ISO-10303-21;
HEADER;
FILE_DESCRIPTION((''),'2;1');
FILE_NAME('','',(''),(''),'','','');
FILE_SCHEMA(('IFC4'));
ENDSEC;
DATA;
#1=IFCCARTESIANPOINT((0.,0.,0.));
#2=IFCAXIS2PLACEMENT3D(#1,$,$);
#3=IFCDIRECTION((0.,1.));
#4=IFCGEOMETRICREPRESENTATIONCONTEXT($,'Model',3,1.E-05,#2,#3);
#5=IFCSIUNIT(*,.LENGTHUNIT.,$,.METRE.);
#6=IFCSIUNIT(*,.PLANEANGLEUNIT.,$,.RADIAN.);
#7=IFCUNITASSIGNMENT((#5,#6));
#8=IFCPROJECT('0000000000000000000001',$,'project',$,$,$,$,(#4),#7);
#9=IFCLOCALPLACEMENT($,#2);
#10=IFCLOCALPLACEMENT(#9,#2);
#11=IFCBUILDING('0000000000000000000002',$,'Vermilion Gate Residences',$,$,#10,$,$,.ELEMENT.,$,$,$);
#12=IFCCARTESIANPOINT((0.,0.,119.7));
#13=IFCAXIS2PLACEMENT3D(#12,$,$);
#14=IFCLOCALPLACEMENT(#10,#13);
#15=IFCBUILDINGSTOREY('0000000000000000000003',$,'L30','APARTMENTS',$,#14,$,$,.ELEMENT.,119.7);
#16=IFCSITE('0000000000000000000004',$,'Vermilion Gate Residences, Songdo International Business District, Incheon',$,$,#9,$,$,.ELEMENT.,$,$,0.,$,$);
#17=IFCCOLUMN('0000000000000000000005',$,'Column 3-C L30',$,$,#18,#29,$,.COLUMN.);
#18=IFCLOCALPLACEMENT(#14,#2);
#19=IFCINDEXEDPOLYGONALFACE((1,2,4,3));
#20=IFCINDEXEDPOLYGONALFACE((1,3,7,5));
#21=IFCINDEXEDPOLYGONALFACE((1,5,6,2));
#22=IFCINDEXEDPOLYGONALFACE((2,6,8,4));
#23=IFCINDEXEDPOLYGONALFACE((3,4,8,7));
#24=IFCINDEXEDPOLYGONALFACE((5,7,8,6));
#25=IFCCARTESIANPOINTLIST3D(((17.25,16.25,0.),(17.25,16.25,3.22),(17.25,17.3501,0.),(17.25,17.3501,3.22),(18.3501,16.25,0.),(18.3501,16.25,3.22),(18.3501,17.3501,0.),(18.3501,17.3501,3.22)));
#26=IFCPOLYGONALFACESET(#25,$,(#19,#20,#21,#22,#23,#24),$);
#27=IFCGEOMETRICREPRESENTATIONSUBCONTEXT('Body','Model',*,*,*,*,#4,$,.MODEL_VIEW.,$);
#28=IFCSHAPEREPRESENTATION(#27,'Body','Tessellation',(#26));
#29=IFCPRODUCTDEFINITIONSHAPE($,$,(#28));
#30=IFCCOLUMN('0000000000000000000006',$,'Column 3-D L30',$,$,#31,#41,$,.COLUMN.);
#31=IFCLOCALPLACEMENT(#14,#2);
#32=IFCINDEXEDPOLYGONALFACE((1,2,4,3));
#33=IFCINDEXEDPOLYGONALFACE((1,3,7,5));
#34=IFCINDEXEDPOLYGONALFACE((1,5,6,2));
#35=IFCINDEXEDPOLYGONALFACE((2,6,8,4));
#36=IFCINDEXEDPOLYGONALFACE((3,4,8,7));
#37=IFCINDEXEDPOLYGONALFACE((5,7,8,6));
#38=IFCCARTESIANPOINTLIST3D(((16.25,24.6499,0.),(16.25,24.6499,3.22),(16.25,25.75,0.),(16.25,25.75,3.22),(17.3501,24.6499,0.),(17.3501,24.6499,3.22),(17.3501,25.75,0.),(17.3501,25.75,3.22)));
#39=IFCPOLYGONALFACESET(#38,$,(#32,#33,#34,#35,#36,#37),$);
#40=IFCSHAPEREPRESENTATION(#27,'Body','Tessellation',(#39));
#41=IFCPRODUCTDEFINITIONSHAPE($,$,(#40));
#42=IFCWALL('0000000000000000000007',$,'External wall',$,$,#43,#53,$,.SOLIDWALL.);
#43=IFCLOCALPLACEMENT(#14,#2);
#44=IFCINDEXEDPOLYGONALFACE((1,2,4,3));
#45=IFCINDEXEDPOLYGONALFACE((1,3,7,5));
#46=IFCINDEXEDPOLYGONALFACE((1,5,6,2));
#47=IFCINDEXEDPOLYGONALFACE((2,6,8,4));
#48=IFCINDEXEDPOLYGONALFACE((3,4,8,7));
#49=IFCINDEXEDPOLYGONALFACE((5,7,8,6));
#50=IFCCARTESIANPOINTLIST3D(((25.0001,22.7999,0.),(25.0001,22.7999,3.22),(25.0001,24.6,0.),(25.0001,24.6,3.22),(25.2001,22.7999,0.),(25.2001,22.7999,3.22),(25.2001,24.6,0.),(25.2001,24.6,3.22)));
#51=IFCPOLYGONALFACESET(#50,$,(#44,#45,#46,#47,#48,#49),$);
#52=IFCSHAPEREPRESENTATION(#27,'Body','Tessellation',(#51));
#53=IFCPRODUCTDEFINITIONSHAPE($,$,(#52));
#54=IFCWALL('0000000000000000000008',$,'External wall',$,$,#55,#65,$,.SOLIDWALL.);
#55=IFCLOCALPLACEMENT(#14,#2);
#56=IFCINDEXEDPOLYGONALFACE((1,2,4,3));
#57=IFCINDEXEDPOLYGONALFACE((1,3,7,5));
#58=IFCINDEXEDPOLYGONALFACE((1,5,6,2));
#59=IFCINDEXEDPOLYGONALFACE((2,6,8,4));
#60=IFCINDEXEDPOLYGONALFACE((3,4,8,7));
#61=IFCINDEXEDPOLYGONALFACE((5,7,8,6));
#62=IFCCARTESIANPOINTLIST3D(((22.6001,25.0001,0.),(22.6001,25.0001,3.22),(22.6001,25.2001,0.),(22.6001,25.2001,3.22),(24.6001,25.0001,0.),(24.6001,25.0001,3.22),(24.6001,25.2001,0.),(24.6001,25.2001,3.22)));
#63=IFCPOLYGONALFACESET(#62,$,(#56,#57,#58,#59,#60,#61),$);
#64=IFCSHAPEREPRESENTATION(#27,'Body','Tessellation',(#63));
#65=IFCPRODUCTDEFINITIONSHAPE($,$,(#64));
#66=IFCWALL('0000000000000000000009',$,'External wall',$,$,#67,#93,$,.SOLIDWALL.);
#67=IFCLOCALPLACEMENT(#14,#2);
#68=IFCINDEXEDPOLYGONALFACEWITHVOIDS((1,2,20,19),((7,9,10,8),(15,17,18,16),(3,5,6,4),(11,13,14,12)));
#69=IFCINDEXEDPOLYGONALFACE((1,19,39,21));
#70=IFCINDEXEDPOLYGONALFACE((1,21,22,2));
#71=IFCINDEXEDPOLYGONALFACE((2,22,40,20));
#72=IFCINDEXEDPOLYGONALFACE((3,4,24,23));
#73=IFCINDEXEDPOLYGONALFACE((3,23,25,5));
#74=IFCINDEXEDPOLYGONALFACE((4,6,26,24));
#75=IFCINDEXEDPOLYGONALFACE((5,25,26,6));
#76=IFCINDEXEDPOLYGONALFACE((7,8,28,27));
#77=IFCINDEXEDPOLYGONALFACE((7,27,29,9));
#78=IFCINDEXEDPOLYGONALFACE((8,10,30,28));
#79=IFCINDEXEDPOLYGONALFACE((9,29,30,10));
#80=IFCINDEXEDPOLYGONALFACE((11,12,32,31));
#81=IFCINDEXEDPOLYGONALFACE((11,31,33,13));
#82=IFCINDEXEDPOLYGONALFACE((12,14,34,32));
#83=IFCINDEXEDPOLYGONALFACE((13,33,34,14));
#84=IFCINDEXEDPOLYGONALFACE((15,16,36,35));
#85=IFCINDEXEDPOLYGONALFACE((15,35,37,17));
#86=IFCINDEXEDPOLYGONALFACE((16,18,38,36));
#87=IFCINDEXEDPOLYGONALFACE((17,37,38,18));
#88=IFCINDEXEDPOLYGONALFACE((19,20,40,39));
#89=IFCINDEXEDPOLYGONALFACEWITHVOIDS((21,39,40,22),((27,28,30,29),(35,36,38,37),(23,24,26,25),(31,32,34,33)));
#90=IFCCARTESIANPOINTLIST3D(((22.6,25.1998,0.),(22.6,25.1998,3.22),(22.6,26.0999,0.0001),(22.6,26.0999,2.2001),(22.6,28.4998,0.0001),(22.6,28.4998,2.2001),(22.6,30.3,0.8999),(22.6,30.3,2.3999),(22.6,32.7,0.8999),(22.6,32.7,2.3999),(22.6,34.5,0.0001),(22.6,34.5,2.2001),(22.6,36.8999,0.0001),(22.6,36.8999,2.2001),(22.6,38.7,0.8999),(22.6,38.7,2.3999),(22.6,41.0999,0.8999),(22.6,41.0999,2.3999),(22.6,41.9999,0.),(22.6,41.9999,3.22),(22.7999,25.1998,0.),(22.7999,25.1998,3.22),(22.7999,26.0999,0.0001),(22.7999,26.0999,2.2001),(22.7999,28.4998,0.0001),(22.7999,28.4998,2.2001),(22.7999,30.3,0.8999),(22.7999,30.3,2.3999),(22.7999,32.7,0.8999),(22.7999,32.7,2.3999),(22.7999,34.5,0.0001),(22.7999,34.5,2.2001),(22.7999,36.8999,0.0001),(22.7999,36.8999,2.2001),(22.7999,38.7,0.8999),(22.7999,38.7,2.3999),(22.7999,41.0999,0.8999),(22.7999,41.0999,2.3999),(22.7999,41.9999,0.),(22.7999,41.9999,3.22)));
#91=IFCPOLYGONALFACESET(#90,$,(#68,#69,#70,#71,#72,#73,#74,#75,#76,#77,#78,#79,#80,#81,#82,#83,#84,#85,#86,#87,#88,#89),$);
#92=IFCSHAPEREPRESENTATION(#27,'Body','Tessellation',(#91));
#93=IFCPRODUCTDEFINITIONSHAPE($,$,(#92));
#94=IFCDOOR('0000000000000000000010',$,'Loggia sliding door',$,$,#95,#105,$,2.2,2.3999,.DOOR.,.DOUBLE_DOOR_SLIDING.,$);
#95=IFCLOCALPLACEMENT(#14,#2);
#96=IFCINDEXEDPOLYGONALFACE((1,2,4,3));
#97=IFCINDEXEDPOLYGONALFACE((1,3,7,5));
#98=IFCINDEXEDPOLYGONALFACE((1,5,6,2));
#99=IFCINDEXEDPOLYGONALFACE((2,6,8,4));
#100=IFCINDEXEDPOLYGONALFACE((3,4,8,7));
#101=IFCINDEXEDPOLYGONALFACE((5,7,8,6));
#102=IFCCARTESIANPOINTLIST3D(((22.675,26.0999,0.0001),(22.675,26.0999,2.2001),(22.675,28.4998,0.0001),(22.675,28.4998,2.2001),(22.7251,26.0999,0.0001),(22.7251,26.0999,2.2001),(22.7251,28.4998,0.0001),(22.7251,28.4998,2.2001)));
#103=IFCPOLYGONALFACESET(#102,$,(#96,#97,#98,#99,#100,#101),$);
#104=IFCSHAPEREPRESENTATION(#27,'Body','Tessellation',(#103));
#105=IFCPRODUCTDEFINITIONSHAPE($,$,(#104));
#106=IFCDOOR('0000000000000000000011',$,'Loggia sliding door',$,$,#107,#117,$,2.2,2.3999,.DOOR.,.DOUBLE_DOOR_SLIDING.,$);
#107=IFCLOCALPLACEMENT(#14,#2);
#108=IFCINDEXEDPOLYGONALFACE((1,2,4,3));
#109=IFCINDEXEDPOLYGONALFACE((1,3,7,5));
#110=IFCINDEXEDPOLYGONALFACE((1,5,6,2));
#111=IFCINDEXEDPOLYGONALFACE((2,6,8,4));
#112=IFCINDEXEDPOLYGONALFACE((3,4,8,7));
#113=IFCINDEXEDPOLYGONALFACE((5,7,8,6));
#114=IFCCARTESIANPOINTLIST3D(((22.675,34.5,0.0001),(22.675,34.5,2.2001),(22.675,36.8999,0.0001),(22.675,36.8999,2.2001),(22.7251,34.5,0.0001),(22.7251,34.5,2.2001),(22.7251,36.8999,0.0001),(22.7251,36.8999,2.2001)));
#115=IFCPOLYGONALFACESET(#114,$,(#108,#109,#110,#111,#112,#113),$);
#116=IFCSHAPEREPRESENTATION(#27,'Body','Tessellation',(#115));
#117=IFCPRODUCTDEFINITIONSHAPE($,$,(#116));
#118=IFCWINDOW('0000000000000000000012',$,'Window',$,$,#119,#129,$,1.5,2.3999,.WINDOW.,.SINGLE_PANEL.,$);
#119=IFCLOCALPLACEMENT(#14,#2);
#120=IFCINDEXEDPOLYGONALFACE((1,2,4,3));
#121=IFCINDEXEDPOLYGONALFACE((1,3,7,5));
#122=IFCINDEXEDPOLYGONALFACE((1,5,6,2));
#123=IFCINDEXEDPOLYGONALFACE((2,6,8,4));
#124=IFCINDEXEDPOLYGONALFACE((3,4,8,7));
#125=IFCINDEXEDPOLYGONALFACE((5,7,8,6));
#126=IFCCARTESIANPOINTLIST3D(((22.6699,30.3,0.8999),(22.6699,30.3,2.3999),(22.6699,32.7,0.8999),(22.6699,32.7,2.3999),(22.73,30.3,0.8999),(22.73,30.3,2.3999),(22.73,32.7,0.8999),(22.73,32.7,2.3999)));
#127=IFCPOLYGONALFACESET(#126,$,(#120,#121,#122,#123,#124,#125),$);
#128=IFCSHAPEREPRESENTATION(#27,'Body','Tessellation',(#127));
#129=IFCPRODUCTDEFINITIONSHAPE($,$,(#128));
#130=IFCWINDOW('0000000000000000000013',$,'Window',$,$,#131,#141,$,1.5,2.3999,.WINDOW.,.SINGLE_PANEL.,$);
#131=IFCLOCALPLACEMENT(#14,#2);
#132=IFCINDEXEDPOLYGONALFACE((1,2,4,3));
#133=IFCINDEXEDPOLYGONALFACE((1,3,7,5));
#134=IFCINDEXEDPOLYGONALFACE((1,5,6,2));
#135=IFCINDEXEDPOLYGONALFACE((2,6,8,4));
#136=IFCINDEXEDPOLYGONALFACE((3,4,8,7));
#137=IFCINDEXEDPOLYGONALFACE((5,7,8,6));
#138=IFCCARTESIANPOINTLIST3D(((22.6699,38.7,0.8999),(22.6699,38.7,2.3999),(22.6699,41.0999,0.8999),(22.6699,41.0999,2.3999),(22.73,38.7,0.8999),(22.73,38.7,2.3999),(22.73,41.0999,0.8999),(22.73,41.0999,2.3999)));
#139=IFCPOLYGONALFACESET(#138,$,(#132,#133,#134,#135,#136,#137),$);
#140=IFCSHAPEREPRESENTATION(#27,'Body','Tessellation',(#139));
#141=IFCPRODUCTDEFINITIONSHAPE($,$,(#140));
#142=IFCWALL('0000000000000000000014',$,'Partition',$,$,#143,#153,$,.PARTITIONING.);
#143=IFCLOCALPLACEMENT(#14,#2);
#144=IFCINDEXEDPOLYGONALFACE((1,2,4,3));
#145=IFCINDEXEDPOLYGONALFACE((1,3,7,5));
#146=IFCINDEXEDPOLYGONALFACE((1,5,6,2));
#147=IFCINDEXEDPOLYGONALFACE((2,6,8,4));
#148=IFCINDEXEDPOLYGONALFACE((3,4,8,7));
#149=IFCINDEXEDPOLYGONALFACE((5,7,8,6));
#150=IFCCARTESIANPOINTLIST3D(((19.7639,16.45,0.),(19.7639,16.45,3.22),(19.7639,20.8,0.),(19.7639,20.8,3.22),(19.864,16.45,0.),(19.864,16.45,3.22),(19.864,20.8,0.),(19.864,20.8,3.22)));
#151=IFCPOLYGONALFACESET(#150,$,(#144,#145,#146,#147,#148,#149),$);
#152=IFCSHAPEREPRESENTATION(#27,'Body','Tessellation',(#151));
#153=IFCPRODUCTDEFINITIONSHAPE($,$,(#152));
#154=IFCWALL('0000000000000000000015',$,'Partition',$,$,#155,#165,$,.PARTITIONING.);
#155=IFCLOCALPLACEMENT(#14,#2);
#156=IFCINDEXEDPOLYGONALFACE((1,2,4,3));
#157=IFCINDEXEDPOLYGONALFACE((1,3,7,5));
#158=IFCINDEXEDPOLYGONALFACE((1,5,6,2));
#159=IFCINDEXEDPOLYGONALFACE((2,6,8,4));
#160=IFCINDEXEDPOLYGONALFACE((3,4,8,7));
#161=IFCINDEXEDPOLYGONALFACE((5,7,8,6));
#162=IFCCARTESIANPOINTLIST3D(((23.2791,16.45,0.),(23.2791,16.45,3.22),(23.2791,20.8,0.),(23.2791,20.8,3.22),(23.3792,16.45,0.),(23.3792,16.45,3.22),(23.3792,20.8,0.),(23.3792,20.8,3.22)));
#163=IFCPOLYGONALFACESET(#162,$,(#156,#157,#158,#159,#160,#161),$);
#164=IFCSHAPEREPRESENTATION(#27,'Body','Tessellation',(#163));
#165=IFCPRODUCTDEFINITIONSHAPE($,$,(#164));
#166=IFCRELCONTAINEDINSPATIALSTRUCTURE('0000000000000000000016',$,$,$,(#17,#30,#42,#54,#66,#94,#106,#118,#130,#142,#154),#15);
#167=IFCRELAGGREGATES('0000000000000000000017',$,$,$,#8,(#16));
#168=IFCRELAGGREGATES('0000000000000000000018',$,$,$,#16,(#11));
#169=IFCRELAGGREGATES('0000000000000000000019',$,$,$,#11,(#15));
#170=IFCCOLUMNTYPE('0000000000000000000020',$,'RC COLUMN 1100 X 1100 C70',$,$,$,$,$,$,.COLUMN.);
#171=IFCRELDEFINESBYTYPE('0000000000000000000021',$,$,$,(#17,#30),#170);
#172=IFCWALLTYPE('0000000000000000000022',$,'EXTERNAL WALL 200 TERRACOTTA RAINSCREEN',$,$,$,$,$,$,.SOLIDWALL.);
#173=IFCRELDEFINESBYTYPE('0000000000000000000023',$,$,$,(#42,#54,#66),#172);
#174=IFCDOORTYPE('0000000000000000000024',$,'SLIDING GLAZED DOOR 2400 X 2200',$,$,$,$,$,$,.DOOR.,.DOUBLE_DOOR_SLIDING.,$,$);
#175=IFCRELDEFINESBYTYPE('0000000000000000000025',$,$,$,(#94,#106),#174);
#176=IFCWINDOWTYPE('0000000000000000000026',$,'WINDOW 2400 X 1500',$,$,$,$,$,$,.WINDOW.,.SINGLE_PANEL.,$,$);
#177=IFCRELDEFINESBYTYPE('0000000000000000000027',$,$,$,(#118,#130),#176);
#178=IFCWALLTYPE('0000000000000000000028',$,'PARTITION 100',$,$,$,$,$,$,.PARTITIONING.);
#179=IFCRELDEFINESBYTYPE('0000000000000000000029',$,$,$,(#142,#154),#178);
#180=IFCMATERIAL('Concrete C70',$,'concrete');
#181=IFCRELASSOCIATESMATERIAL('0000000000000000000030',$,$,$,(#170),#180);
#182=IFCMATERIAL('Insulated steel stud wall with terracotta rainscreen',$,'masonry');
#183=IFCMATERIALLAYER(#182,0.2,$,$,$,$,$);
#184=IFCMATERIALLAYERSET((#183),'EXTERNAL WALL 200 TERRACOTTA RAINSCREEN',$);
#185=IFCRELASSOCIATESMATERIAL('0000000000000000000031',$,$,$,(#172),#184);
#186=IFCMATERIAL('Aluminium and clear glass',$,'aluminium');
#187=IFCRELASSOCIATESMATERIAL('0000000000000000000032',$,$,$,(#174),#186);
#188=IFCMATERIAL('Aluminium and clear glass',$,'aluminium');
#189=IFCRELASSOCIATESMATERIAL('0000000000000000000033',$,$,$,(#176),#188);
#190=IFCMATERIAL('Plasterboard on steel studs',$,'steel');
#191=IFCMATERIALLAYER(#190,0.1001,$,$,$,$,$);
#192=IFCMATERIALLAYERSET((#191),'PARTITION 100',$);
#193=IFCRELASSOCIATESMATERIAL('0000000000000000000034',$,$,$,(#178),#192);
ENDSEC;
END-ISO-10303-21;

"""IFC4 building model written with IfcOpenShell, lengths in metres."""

from ifc_helpers import new_model, si_unit, direction, frame, frame_2d, origin, origin_2d, place, context, subcontext, project, spatial, rectangle, extrude, material, layer, layer_set, material_profile, profile_set, type_object, element, fill, save


model = new_model("IFC4")

# Units and contexts
model_context = context("Model", 3, precision=1e-05, world=origin(), true_north=direction((0.0, 1.0)))
body_context = subcontext(model_context, "Body", "Model", "MODEL_VIEW")
ifc_project = project(units=[si_unit("LENGTHUNIT", "METRE"), si_unit("PLANEANGLEUNIT", "RADIAN")], contexts=[model_context])

# Site, building, storey
site_placement = place(None, origin())
site = spatial("IfcSite", under=ifc_project, at=site_placement, Name="Vermilion Gate Residences, Songdo International Business District, Incheon", CompositionType="ELEMENT", RefElevation=0.0)
building_placement = place(site_placement, origin())
building = spatial("IfcBuilding", under=site, at=building_placement, Name="Vermilion Gate Residences", CompositionType="ELEMENT")
storey_placement = place(building_placement, frame((0.0, 0.0, 119.7)))
storey = spatial("IfcBuildingStorey", under=building, at=storey_placement, Name="L30", Description="APARTMENTS", CompositionType="ELEMENT", Elevation=119.7)

# Columns
ifc_material_1 = material(Name="Concrete C70", Category="concrete")
ifc_material_profile = material_profile(ifc_material_1, rectangle(XDim=1.1001, YDim=1.1001, at=origin_2d()), Name="RC-1100x1100")
ifc_profile_set = profile_set([ifc_material_profile], Name="Concrete C70")
column_type = type_object("IfcColumnType", Name="RC COLUMN 1100 X 1100 C70", PredefinedType="COLUMN", material=ifc_profile_set)
for number, where, z_axis, x_axis, name in (
    (1, (17.8, 16.8, 0.0), (0.0, 0.0, 1.0), (1.0, 0.0, 0.0), "Column 3-C L30"),
    (2, (16.8, 25.2, 0.0), (0.0, 0.0, 1.0), (1.0, 0.0, 0.0), "Column 3-D L30"),
):
    element("IfcColumn", number, at=place(storey_placement, frame(where, z_axis=z_axis, x_axis=x_axis)), inside=storey, type_object=column_type, Name=name, PredefinedType="COLUMN", context=body_context, shape_type="SweptSolid", body=[
        extrude(rectangle(XDim=1.1001, YDim=1.1001, at=origin_2d()), origin(), (0.0, 0.0, 1.0), 3.22),
    ])

# Walls
ifc_material_2 = material(Name="Insulated steel stud wall with terracotta rainscreen", Category="masonry")
ifc_layer_1 = layer(ifc_material_2, 0.2)
ifc_layer_set_1 = layer_set([ifc_layer_1], Name="EXTERNAL WALL 200 TERRACOTTA RAINSCREEN")
wall_type_1 = type_object("IfcWallType", Name="EXTERNAL WALL 200 TERRACOTTA RAINSCREEN", PredefinedType="SOLIDWALL", material=ifc_layer_set_1)
wall_1_placement = place(storey_placement, frame((25.1001, 22.8, 0.0), z_axis=(0.0, 0.0, 1.0), x_axis=(0.0, 1.0, 0.0)))
element("IfcWall", 3, at=wall_1_placement, inside=storey, type_object=wall_type_1, Name="External wall", PredefinedType="SOLIDWALL", context=body_context, shape_type="SweptSolid", body=[
    extrude(rectangle(XDim=1.8, YDim=0.2, at=frame_2d((0.8999, 0.0))), origin(), (0.0, 0.0, 1.0), 3.22),
])
wall_2_placement = place(storey_placement, frame((24.6001, 25.1001, 0.0), z_axis=(0.0, 0.0, 1.0), x_axis=(-1.0, 0.0, 0.0)))
element("IfcWall", 4, at=wall_2_placement, inside=storey, type_object=wall_type_1, Name="External wall", PredefinedType="SOLIDWALL", context=body_context, shape_type="SweptSolid", body=[
    extrude(rectangle(XDim=2.0, YDim=0.2, at=frame_2d((1.0, 0.0))), origin(), (0.0, 0.0, 1.0), 3.22),
])

# Wall, openings, doors, windows
wall_3_placement = place(storey_placement, frame((22.7, 25.2, 0.0), z_axis=(0.0, 0.0, 1.0), x_axis=(0.0, 1.0, 0.0)))
wall_3 = element("IfcWall", 5, at=wall_3_placement, inside=storey, type_object=wall_type_1, Name="External wall", PredefinedType="SOLIDWALL", context=body_context, shape_type="SweptSolid", body=[
    extrude(rectangle(XDim=16.8, YDim=0.2, at=frame_2d((8.3999, 0.0))), origin(), (0.0, 0.0, 1.0), 3.22),
])
opening_1_placement = place(wall_3_placement, frame((0.8999, 0.0, 0.0)))
opening_1 = element("IfcOpeningElement", 6, at=opening_1_placement, cuts=wall_3, PredefinedType="OPENING", context=body_context, shape_type="SweptSolid", body=[
    extrude(rectangle(XDim=2.3999, YDim=2.2, at=frame_2d((1.2, 1.1001))), frame((0.0, 0.1099, 0.0), z_axis=(0.0, -1.0, 0.0), x_axis=(1.0, 0.0, 0.0)), (0.0, 0.0, 1.0), 0.22),
])
opening_2_placement = place(wall_3_placement, frame((5.1001, 0.0, 0.8999)))
opening_2 = element("IfcOpeningElement", 7, at=opening_2_placement, cuts=wall_3, PredefinedType="OPENING", context=body_context, shape_type="SweptSolid", body=[
    extrude(rectangle(XDim=2.3999, YDim=1.5, at=frame_2d((1.2, 0.75))), frame((0.0, 0.1099, 0.0), z_axis=(0.0, -1.0, 0.0), x_axis=(1.0, 0.0, 0.0)), (0.0, 0.0, 1.0), 0.22),
])
opening_3_placement = place(wall_3_placement, frame((9.3, 0.0, 0.0)))
opening_3 = element("IfcOpeningElement", 8, at=opening_3_placement, cuts=wall_3, PredefinedType="OPENING", context=body_context, shape_type="SweptSolid", body=[
    extrude(rectangle(XDim=2.3999, YDim=2.2, at=frame_2d((1.2, 1.1001))), frame((0.0, 0.1099, 0.0), z_axis=(0.0, -1.0, 0.0), x_axis=(1.0, 0.0, 0.0)), (0.0, 0.0, 1.0), 0.22),
])
opening_4_placement = place(wall_3_placement, frame((13.5, 0.0, 0.8999)))
opening_4 = element("IfcOpeningElement", 9, at=opening_4_placement, cuts=wall_3, PredefinedType="OPENING", context=body_context, shape_type="SweptSolid", body=[
    extrude(rectangle(XDim=2.3999, YDim=1.5, at=frame_2d((1.2, 0.75))), frame((0.0, 0.1099, 0.0), z_axis=(0.0, -1.0, 0.0), x_axis=(1.0, 0.0, 0.0)), (0.0, 0.0, 1.0), 0.22),
])
ifc_material_3 = material(Name="Aluminium and clear glass", Category="aluminium")
door_type_1 = type_object("IfcDoorType", Name="SLIDING GLAZED DOOR 2400 X 2200", OperationType="DOUBLE_DOOR_SLIDING", PredefinedType="DOOR", material=ifc_material_3)
door_1_placement = place(opening_1_placement, origin())
door_1 = element("IfcDoor", 10, at=door_1_placement, inside=storey, type_object=door_type_1, Name="Loggia sliding door", OperationType="DOUBLE_DOOR_SLIDING", OverallHeight=2.2, OverallWidth=2.3999, PredefinedType="DOOR", context=body_context, shape_type="SweptSolid", body=[
    extrude(rectangle(XDim=2.3999, YDim=2.2, at=frame_2d((1.2, 1.1001))), frame((0.0, 0.0249, 0.0), z_axis=(0.0, -1.0, 0.0), x_axis=(1.0, 0.0, 0.0)), (0.0, 0.0, 1.0), 0.05),
])
fill(opening_1, door_1)
door_2_placement = place(opening_3_placement, origin())
door_2 = element("IfcDoor", 11, at=door_2_placement, inside=storey, type_object=door_type_1, Name="Loggia sliding door", OperationType="DOUBLE_DOOR_SLIDING", OverallHeight=2.2, OverallWidth=2.3999, PredefinedType="DOOR", context=body_context, shape_type="SweptSolid", body=[
    extrude(rectangle(XDim=2.3999, YDim=2.2, at=frame_2d((1.2, 1.1001))), frame((0.0, 0.0249, 0.0), z_axis=(0.0, -1.0, 0.0), x_axis=(1.0, 0.0, 0.0)), (0.0, 0.0, 1.0), 0.05),
])
fill(opening_3, door_2)
ifc_material_4 = material(Name="Aluminium and clear glass", Category="aluminium")
window_type = type_object("IfcWindowType", Name="WINDOW 2400 X 1500", PartitioningType="SINGLE_PANEL", PredefinedType="WINDOW", material=ifc_material_4)
window_1_placement = place(opening_2_placement, origin())
window_1 = element("IfcWindow", 12, at=window_1_placement, inside=storey, type_object=window_type, Name="Window", OverallHeight=1.5, OverallWidth=2.3999, PartitioningType="SINGLE_PANEL", PredefinedType="WINDOW", context=body_context, shape_type="SweptSolid", body=[
    extrude(rectangle(XDim=2.3999, YDim=1.5, at=frame_2d((1.2, 0.75))), frame((0.0, 0.03, 0.0), z_axis=(0.0, -1.0, 0.0), x_axis=(1.0, 0.0, 0.0)), (0.0, 0.0, 1.0), 0.0601),
])
fill(opening_2, window_1)
window_2_placement = place(opening_4_placement, origin())
window_2 = element("IfcWindow", 13, at=window_2_placement, inside=storey, type_object=window_type, Name="Window", OverallHeight=1.5, OverallWidth=2.3999, PartitioningType="SINGLE_PANEL", PredefinedType="WINDOW", context=body_context, shape_type="SweptSolid", body=[
    extrude(rectangle(XDim=2.3999, YDim=1.5, at=frame_2d((1.2, 0.75))), frame((0.0, 0.03, 0.0), z_axis=(0.0, -1.0, 0.0), x_axis=(1.0, 0.0, 0.0)), (0.0, 0.0, 1.0), 0.0601),
])
fill(opening_4, window_2)

# Walls
ifc_material_5 = material(Name="Plasterboard on steel studs", Category="steel")
ifc_layer_2 = layer(ifc_material_5, 0.1001)
ifc_layer_set_2 = layer_set([ifc_layer_2], Name="PARTITION 100")
wall_type_2 = type_object("IfcWallType", Name="PARTITION 100", PredefinedType="PARTITIONING", material=ifc_layer_set_2)
for number, where, z_axis, x_axis, name in (
    (14, (19.814, 16.45, 0.0), (0.0, 0.0, 1.0), (0.0, 1.0, 0.0), "Partition"),
    (15, (23.3291, 16.45, 0.0), (0.0, 0.0, 1.0), (0.0, 1.0, 0.0), "Partition"),
):
    element("IfcWall", number, at=place(storey_placement, frame(where, z_axis=z_axis, x_axis=x_axis)), inside=storey, type_object=wall_type_2, Name=name, PredefinedType="PARTITIONING", context=body_context, shape_type="SweptSolid", body=[
        extrude(rectangle(XDim=4.3501, YDim=0.1001, at=frame_2d((2.175, 0.0))), origin(), (0.0, 0.0, 1.0), 3.22),
    ])

save(model, "model.ifc")
